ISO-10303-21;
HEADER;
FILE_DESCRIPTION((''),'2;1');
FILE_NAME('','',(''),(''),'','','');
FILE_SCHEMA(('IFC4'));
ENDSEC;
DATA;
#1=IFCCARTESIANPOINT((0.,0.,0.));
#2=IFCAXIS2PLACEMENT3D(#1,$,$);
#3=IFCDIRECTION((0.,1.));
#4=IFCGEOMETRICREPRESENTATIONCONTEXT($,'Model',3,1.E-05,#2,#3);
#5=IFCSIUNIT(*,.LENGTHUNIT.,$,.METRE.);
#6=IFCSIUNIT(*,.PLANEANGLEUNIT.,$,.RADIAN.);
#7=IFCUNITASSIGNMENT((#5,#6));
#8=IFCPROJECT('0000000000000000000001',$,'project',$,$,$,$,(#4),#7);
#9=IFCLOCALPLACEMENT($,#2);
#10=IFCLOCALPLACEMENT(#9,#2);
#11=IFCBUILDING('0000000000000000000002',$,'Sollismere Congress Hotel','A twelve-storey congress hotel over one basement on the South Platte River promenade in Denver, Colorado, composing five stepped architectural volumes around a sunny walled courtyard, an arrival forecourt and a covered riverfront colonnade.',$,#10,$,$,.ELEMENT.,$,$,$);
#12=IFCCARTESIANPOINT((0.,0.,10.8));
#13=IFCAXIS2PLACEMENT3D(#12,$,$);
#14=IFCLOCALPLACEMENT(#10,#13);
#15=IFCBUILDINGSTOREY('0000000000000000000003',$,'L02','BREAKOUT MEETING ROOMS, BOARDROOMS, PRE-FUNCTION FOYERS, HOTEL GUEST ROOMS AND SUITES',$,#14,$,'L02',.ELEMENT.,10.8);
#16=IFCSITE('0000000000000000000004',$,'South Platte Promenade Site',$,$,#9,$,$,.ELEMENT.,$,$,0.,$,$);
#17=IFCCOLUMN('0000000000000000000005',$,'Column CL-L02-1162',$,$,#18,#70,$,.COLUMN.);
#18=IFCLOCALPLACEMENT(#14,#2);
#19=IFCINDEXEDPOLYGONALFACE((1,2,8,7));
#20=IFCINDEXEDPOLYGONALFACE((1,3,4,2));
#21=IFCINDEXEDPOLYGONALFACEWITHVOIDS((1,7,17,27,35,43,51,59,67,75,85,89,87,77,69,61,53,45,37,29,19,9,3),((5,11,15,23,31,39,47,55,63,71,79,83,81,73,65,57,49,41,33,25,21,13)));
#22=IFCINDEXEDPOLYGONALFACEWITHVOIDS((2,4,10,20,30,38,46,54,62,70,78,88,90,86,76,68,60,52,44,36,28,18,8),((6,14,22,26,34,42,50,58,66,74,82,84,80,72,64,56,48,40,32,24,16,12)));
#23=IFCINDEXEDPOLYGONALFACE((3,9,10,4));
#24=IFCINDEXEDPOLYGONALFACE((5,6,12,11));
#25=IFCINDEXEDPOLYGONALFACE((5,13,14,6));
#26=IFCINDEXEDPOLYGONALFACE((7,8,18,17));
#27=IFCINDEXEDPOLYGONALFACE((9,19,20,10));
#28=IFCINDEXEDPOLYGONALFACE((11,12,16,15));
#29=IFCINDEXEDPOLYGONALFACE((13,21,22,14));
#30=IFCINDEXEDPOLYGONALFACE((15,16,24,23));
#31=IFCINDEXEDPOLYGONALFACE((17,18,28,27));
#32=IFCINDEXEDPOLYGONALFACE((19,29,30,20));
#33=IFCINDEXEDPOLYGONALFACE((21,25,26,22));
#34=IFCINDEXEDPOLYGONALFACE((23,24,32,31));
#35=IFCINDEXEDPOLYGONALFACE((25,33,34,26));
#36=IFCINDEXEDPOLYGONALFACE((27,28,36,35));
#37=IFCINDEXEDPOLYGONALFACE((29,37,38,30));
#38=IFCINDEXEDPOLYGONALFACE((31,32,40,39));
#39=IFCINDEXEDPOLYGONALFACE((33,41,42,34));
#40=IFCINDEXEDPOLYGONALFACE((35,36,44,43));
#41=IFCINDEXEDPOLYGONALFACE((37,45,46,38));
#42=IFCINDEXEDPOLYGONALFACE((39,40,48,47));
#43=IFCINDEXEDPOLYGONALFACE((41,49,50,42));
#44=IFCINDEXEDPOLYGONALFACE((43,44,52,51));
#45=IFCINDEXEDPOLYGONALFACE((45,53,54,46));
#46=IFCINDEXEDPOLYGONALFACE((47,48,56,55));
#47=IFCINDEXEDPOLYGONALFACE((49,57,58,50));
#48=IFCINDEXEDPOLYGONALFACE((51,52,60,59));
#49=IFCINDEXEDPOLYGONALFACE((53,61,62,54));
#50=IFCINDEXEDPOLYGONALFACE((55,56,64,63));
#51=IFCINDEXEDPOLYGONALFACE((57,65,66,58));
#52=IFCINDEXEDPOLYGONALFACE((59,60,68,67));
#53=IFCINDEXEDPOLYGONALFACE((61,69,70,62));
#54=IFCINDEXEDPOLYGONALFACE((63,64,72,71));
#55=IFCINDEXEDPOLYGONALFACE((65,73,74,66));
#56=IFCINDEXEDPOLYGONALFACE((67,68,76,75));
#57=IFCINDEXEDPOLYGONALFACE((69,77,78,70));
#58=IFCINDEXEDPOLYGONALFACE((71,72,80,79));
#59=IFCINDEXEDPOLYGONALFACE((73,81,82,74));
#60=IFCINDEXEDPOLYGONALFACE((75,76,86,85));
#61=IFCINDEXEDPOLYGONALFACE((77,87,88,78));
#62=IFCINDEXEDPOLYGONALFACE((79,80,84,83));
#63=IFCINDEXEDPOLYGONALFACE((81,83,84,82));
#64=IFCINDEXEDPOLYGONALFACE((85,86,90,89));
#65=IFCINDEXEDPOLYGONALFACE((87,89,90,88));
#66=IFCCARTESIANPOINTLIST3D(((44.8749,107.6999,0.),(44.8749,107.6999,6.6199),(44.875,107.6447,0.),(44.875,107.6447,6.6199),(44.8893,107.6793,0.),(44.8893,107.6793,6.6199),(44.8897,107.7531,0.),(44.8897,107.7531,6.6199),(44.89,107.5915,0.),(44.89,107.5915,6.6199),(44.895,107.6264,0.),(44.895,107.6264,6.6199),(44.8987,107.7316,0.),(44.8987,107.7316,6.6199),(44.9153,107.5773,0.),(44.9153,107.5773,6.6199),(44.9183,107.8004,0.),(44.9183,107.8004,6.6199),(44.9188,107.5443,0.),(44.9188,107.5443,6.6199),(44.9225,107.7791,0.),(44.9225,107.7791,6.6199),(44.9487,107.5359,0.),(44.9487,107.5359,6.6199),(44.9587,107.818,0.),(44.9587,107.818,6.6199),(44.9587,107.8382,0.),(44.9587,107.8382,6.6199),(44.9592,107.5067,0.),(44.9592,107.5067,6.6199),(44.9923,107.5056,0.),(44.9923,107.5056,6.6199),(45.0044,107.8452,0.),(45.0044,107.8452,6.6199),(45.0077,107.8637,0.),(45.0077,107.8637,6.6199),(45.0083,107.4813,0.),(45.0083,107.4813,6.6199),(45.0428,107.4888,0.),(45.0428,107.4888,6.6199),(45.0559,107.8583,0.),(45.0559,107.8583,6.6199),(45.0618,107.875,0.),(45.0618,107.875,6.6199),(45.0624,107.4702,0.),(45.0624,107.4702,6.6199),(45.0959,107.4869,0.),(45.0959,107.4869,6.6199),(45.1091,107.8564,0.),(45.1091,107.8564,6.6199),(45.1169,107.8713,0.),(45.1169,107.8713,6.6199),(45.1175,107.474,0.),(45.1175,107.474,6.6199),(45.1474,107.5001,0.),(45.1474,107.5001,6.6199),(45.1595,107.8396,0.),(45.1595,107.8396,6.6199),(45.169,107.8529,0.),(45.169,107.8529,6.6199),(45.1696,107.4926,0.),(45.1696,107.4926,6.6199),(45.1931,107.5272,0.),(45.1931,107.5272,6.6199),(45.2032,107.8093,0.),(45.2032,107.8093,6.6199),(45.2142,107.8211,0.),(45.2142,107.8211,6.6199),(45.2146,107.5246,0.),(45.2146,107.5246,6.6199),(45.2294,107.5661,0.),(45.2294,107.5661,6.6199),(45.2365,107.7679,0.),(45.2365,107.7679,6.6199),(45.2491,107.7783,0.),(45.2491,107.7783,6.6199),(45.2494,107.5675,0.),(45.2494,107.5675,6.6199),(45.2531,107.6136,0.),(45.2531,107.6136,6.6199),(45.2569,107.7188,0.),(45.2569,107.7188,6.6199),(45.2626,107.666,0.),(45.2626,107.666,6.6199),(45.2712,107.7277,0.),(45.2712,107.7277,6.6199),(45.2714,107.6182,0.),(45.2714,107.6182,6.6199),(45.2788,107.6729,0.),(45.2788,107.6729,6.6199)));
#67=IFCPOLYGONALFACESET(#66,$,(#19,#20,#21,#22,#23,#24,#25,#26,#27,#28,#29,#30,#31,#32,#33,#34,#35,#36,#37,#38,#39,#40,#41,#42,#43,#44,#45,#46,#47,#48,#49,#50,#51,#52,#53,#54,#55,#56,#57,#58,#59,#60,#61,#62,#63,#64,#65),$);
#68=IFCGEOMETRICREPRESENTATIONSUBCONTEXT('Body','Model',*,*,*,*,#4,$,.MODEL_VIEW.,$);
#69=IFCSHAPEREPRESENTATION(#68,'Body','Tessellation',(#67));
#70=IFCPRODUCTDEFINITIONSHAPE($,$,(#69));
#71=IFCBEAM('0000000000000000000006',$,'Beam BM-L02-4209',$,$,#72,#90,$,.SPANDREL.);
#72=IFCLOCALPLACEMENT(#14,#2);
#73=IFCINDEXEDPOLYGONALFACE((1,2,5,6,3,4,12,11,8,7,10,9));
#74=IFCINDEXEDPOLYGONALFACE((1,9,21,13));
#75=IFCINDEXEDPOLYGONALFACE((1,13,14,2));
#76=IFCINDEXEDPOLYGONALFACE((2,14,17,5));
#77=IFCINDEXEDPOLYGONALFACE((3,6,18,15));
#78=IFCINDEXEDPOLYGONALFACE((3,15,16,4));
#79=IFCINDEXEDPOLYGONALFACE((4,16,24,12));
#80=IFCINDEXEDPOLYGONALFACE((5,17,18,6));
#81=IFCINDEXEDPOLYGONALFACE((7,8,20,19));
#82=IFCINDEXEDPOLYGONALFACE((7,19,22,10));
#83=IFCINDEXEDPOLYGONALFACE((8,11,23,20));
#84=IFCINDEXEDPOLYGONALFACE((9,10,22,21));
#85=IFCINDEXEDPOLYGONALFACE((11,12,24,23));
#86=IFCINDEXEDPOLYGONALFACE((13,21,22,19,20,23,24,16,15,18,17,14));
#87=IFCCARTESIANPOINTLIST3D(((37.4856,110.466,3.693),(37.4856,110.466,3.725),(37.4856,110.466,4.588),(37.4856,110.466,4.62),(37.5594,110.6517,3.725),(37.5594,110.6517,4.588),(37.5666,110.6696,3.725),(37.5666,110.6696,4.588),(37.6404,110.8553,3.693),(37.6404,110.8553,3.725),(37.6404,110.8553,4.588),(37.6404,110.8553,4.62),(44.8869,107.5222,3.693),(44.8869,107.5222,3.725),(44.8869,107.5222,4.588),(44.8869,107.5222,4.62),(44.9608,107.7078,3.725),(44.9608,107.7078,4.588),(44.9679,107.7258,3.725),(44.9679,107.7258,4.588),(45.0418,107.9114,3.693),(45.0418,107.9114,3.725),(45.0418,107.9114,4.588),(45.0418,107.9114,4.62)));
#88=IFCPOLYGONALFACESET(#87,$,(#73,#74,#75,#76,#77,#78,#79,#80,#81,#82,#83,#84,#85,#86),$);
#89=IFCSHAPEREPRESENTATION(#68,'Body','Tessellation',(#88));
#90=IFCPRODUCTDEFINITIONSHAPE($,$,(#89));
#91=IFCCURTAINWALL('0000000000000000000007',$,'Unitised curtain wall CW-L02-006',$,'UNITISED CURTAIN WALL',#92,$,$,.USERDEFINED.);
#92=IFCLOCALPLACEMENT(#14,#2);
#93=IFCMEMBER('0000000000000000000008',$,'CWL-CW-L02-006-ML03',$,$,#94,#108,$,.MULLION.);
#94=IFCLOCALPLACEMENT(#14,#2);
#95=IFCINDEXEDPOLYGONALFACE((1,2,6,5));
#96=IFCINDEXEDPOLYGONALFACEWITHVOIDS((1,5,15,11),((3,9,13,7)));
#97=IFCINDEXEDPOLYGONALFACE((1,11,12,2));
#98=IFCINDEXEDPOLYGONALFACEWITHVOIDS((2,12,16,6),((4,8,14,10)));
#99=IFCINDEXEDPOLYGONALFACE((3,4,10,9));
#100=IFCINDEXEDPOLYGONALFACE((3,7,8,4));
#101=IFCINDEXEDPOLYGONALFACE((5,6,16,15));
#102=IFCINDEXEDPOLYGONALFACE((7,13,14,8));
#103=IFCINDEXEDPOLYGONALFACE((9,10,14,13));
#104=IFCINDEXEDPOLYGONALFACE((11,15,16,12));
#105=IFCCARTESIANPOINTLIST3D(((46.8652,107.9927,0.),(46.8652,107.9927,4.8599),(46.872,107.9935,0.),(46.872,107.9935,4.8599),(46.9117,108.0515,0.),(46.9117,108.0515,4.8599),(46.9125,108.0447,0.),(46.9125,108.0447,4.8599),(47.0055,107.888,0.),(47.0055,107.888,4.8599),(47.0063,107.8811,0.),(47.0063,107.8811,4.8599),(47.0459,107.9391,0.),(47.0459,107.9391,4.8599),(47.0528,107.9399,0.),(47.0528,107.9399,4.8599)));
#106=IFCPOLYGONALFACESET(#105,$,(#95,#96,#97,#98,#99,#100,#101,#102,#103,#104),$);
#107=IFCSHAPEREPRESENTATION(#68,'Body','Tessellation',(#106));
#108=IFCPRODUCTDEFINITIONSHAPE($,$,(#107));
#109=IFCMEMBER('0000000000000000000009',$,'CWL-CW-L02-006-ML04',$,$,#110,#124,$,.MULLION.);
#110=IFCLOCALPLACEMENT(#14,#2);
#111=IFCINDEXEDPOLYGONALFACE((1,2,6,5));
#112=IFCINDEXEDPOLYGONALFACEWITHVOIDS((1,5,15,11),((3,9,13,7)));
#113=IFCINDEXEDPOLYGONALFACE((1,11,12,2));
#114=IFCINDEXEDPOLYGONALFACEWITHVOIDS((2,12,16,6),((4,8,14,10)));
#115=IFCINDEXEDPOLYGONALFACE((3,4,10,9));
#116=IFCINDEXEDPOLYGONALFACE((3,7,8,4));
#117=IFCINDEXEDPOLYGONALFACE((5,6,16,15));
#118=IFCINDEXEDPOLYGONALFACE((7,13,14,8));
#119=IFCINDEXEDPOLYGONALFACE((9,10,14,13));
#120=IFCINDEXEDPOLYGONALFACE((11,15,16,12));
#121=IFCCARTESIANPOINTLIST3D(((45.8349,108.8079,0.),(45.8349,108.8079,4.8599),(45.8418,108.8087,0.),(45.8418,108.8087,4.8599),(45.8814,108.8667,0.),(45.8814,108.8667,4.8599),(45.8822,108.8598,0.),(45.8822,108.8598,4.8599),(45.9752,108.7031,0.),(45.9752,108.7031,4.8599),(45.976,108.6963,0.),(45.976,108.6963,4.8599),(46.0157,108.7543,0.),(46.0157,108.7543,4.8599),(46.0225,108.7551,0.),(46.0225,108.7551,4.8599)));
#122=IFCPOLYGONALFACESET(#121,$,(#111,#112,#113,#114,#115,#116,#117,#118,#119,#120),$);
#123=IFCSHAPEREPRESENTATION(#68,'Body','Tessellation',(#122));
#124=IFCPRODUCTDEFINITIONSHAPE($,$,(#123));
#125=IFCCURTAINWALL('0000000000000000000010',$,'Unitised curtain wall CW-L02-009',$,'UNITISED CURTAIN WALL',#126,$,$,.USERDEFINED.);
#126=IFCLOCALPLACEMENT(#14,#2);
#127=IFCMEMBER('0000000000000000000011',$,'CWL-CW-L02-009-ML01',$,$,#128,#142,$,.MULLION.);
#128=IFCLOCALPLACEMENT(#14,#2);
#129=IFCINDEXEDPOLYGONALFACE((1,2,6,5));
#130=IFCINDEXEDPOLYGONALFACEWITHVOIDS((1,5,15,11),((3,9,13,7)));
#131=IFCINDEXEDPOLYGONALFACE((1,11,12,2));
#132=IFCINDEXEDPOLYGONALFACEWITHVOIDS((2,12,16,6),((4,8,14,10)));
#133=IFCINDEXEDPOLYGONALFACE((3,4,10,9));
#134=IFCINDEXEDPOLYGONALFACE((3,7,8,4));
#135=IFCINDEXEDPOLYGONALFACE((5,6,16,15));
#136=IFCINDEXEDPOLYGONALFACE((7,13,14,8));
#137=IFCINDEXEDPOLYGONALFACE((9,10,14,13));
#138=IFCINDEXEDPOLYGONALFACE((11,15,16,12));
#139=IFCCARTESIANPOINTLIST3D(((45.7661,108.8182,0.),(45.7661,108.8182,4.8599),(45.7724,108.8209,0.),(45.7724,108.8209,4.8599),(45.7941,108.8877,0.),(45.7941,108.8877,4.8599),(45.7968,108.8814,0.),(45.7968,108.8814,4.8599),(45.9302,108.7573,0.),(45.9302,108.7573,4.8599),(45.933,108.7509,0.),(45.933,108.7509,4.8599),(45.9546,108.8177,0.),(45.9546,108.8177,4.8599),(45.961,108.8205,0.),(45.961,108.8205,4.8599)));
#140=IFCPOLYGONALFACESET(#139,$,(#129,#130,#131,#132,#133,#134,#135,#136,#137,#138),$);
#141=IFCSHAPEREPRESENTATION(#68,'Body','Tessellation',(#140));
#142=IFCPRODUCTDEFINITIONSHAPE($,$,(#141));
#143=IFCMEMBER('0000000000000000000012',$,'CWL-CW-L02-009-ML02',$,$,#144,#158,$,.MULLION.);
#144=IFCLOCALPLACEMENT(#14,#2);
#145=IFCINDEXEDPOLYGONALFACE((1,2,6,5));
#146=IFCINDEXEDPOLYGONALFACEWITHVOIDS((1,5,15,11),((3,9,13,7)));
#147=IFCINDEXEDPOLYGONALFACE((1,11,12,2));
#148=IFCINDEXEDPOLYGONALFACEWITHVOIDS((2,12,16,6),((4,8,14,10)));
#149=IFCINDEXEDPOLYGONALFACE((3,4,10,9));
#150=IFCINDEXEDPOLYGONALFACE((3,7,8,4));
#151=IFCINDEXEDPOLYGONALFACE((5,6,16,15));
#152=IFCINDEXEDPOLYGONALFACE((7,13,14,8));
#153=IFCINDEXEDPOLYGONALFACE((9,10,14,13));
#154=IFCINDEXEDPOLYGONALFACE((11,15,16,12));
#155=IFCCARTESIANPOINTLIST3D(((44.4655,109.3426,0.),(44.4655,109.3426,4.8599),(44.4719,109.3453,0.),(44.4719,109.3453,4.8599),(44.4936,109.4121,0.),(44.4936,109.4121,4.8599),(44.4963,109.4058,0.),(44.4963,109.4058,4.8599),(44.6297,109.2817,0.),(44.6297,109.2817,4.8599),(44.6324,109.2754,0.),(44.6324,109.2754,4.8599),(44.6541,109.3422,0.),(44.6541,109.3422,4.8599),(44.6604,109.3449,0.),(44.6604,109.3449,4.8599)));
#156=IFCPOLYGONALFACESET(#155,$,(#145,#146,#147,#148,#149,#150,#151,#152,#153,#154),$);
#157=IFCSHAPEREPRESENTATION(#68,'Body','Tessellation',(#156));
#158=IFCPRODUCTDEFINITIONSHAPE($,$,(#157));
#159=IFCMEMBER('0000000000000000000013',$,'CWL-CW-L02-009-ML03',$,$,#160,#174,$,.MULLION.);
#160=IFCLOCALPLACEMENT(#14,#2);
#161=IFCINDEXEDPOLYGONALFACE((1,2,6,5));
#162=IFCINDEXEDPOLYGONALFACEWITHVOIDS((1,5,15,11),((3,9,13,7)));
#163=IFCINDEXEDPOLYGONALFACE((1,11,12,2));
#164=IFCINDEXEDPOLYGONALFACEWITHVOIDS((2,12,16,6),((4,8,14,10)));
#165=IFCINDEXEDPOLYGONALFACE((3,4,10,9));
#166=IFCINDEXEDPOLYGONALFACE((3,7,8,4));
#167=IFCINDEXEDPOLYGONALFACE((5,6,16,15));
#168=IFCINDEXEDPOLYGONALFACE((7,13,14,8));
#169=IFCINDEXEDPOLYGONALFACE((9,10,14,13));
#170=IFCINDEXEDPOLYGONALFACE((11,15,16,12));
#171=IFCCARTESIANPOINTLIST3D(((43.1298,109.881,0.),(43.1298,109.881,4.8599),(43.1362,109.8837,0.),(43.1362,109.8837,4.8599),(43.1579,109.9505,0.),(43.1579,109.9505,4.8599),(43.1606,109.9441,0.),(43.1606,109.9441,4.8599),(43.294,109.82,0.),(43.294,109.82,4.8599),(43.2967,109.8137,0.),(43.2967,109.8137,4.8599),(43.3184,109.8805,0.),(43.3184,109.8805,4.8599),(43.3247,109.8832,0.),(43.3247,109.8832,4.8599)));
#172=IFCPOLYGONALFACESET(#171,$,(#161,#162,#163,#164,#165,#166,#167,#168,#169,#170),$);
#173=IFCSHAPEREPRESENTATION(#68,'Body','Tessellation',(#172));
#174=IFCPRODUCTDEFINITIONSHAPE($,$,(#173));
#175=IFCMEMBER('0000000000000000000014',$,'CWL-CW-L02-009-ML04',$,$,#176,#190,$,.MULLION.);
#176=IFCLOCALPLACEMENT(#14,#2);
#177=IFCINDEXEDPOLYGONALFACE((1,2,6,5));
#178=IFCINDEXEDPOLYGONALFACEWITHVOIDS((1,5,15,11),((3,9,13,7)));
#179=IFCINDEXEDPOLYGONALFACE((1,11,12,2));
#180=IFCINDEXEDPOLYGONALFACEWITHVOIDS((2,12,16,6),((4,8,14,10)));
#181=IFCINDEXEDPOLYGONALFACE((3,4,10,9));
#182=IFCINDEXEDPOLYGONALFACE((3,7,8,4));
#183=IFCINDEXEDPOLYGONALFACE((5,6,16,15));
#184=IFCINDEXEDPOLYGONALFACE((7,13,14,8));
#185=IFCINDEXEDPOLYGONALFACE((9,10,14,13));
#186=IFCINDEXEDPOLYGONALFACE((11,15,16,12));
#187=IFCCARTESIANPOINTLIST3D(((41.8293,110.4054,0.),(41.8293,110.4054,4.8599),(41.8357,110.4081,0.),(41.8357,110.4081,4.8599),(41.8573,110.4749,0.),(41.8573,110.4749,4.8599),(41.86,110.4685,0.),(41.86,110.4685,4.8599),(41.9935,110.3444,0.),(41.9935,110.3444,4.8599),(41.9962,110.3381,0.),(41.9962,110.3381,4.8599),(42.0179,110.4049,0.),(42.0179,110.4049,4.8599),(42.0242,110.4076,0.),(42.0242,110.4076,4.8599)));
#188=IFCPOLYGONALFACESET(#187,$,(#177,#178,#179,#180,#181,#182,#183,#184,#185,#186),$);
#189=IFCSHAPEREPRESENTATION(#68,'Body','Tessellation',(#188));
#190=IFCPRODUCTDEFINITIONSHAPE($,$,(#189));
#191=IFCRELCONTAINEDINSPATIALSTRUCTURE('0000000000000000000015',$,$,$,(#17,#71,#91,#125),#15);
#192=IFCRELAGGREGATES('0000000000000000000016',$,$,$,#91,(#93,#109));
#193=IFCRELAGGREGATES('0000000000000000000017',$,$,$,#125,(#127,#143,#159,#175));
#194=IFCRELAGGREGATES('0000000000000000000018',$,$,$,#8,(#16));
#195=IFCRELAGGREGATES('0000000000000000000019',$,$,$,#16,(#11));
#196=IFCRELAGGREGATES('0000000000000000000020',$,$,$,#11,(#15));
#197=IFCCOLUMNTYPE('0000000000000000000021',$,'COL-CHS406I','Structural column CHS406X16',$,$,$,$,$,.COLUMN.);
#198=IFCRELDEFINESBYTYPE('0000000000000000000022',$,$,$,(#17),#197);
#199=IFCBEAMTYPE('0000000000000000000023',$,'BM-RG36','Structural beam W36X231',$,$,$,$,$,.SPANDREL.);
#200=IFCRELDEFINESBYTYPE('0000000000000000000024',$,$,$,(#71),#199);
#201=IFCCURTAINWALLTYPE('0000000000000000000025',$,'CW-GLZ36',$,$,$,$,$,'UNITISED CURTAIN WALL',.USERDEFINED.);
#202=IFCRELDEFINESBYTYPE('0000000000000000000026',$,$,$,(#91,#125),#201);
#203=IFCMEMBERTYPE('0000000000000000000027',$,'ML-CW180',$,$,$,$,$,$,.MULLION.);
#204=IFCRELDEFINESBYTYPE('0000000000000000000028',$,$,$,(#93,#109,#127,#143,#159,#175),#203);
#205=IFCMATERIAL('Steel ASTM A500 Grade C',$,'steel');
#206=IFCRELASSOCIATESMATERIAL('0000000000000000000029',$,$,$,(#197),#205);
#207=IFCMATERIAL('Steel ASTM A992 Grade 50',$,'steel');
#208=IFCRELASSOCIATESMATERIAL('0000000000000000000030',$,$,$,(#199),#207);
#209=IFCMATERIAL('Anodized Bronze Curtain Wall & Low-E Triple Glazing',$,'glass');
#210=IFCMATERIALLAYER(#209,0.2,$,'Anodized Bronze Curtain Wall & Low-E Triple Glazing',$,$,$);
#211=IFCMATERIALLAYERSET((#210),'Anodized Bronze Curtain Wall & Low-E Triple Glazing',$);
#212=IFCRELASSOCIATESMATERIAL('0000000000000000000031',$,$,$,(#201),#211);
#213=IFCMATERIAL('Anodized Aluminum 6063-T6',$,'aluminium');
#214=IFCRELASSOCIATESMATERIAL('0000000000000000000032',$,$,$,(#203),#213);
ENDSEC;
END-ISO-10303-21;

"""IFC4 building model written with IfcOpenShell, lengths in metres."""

from ifc_helpers import new_model, si_unit, direction, frame, origin, origin_2d, place, context, subcontext, project, spatial, hollow_rectangle, hollow_circle, i_section, extrude, material, layer, layer_set, material_profile, profile_set, type_object, element, aggregate, save


model = new_model("IFC4")

# Units and contexts
model_context = context("Model", 3, precision=1e-05, world=origin(), true_north=direction((0.0, 1.0)))
body_context = subcontext(model_context, "Body", "Model", "MODEL_VIEW")
ifc_project = project(units=[si_unit("LENGTHUNIT", "METRE"), si_unit("PLANEANGLEUNIT", "RADIAN")], contexts=[model_context])

# Site, building, storey
site_placement = place(None, origin())
site = spatial("IfcSite", under=ifc_project, at=site_placement, Name="South Platte Promenade Site", CompositionType="ELEMENT", RefElevation=0.0)
building_placement = place(site_placement, origin())
building = spatial("IfcBuilding", under=site, at=building_placement, Name="Sollismere Congress Hotel", Description="A twelve-storey congress hotel over one basement on the South Platte River promenade in Denver, Colorado, composing five stepped architectural volumes around a sunny walled courtyard, an arrival forecourt and a covered riverfront colonnade.", CompositionType="ELEMENT")
storey_placement = place(building_placement, frame((0.0, 0.0, 10.8)))
storey = spatial("IfcBuildingStorey", under=building, at=storey_placement, Name="L02", Description="BREAKOUT MEETING ROOMS, BOARDROOMS, PRE-FUNCTION FOYERS, HOTEL GUEST ROOMS AND SUITES", LongName="L02", CompositionType="ELEMENT", Elevation=10.8)

# Column
ifc_material_1 = material(Name="Steel ASTM A500 Grade C", Category="steel")
ifc_material_profile_1 = material_profile(ifc_material_1, hollow_circle(Radius=0.2029, WallThickness=0.0161, at=origin_2d()), Name="CHS406X16")
ifc_profile_set_1 = profile_set([ifc_material_profile_1], Name="Steel ASTM A500 Grade C")
column_type = type_object("IfcColumnType", Name="COL-CHS406I", Description="Structural column CHS406X16", PredefinedType="COLUMN", material=ifc_profile_set_1)
column_placement = place(storey_placement, frame((45.0759, 107.6726, 0.0), z_axis=(0.0, 0.0, 1.0), x_axis=(0.68136, 0.731949, 0.0)))
element("IfcColumn", 1, at=column_placement, inside=storey, type_object=column_type, Name="Column CL-L02-1162", PredefinedType="COLUMN", context=body_context, shape_type="SweptSolid", body=[
    extrude(hollow_circle(Radius=0.2029, WallThickness=0.0161, at=origin_2d()), origin(), (0.0, 0.0, 1.0), 6.6199),
])

# Beam
ifc_material_2 = material(Name="Steel ASTM A992 Grade 50", Category="steel")
ifc_material_profile_2 = material_profile(ifc_material_2, i_section(OverallWidth=0.4189, OverallDepth=0.927, WebThickness=0.0193, FlangeThickness=0.032, at=origin_2d()), Name="W36X231")
ifc_profile_set_2 = profile_set([ifc_material_profile_2], Name="Steel ASTM A992 Grade 50")
beam_type = type_object("IfcBeamType", Name="BM-RG36", Description="Structural beam W36X231", PredefinedType="SPANDREL", material=ifc_profile_set_2)
beam_placement = place(storey_placement, frame((44.9644, 107.7168, 4.1565), z_axis=(-0.929198, 0.369583, 0.0), x_axis=(-0.369583, -0.929198, 0.0)))
element("IfcBeam", 2, at=beam_placement, inside=storey, type_object=beam_type, Name="Beam BM-L02-4209", PredefinedType="SPANDREL", context=body_context, shape_type="SweptSolid", body=[
    extrude(i_section(OverallWidth=0.4189, OverallDepth=0.927, WebThickness=0.0193, FlangeThickness=0.032, at=origin_2d()), origin(), (0.0, 0.0, 1.0), 7.9653),
])

# Curtain walls, members
ifc_material_3 = material(Name="Anodized Bronze Curtain Wall & Low-E Triple Glazing", Category="glass")
ifc_layer_1 = layer(ifc_material_3, 0.2, Name="Anodized Bronze Curtain Wall & Low-E Triple Glazing")
ifc_layer_set_1 = layer_set([ifc_layer_1], Name="Anodized Bronze Curtain Wall & Low-E Triple Glazing")
curtain_wall_type = type_object("IfcCurtainWallType", Name="CW-GLZ36", ElementType="UNITISED CURTAIN WALL", PredefinedType="USERDEFINED", material=ifc_layer_set_1)
curtain_wall_1_placement = place(storey_placement, origin())
curtain_wall_1 = element("IfcCurtainWall", 3, at=curtain_wall_1_placement, inside=storey, type_object=curtain_wall_type, Name="Unitised curtain wall CW-L02-006", ObjectType="UNITISED CURTAIN WALL", PredefinedType="USERDEFINED")
ifc_material_4 = material(Name="Anodized Aluminum 6063-T6", Category="aluminium")
ifc_material_profile_3 = material_profile(ifc_material_4, hollow_rectangle(XDim=0.075, YDim=0.1799, WallThickness=0.0049, at=origin_2d()), Name="ALU180X75X5")
ifc_profile_set_3 = profile_set([ifc_material_profile_3], Name="Anodized Aluminum 6063-T6")
member_type_1 = type_object("IfcMemberType", Name="ML-CW180", PredefinedType="MULLION", material=ifc_profile_set_3)
member_1_placement = place(storey_placement, frame((46.959, 107.9663, 0.0), z_axis=(0.0, 0.0, 1.0), x_axis=(-0.620532, -0.784181, 0.0)))
member_1 = element("IfcMember", 4, at=member_1_placement, type_object=member_type_1, Name="CWL-CW-L02-006-ML03", PredefinedType="MULLION", context=body_context, shape_type="SweptSolid", body=[
    extrude(hollow_rectangle(XDim=0.075, YDim=0.1799, WallThickness=0.0049, at=origin_2d()), origin(), (0.0, 0.0, 1.0), 4.8599),
])
member_2_placement = place(storey_placement, frame((45.9287, 108.7815, 0.0), z_axis=(0.0, 0.0, 1.0), x_axis=(-0.620532, -0.784181, 0.0)))
member_2 = element("IfcMember", 5, at=member_2_placement, type_object=member_type_1, Name="CWL-CW-L02-006-ML04", PredefinedType="MULLION", context=body_context, shape_type="SweptSolid", body=[
    extrude(hollow_rectangle(XDim=0.075, YDim=0.1799, WallThickness=0.0049, at=origin_2d()), origin(), (0.0, 0.0, 1.0), 4.8599),
])
curtain_wall_2_placement = place(storey_placement, origin())
curtain_wall_2 = element("IfcCurtainWall", 6, at=curtain_wall_2_placement, inside=storey, type_object=curtain_wall_type, Name="Unitised curtain wall CW-L02-009", ObjectType="UNITISED CURTAIN WALL", PredefinedType="USERDEFINED")
member_3_placement = place(storey_placement, frame((45.8635, 108.8193, 0.0), z_axis=(0.0, 0.0, 1.0), x_axis=(-0.373943, -0.927452, 0.0)))
member_3 = element("IfcMember", 7, at=member_3_placement, type_object=member_type_1, Name="CWL-CW-L02-009-ML01", PredefinedType="MULLION", context=body_context, shape_type="SweptSolid", body=[
    extrude(hollow_rectangle(XDim=0.075, YDim=0.1799, WallThickness=0.0049, at=origin_2d()), origin(), (0.0, 0.0, 1.0), 4.8599),
])
member_4_placement = place(storey_placement, frame((44.563, 109.3438, 0.0), z_axis=(0.0, 0.0, 1.0), x_axis=(-0.373943, -0.927452, 0.0)))
member_4 = element("IfcMember", 8, at=member_4_placement, type_object=member_type_1, Name="CWL-CW-L02-009-ML02", PredefinedType="MULLION", context=body_context, shape_type="SweptSolid", body=[
    extrude(hollow_rectangle(XDim=0.075, YDim=0.1799, WallThickness=0.0049, at=origin_2d()), origin(), (0.0, 0.0, 1.0), 4.8599),
])
member_5_placement = place(storey_placement, frame((43.2273, 109.8821, 0.0), z_axis=(0.0, 0.0, 1.0), x_axis=(-0.373943, -0.927452, 0.0)))
member_5 = element("IfcMember", 9, at=member_5_placement, type_object=member_type_1, Name="CWL-CW-L02-009-ML03", PredefinedType="MULLION", context=body_context, shape_type="SweptSolid", body=[
    extrude(hollow_rectangle(XDim=0.075, YDim=0.1799, WallThickness=0.0049, at=origin_2d()), origin(), (0.0, 0.0, 1.0), 4.8599),
])
member_6_placement = place(storey_placement, frame((41.9268, 110.4065, 0.0), z_axis=(0.0, 0.0, 1.0), x_axis=(-0.373943, -0.927452, 0.0)))
member_6 = element("IfcMember", 10, at=member_6_placement, type_object=member_type_1, Name="CWL-CW-L02-009-ML04", PredefinedType="MULLION", context=body_context, shape_type="SweptSolid", body=[
    extrude(hollow_rectangle(XDim=0.075, YDim=0.1799, WallThickness=0.0049, at=origin_2d()), origin(), (0.0, 0.0, 1.0), 4.8599),
])

aggregate(curtain_wall_1, [member_1, member_2])
aggregate(curtain_wall_2, [member_3, member_4, member_5, member_6])

save(model, "model.ifc")
